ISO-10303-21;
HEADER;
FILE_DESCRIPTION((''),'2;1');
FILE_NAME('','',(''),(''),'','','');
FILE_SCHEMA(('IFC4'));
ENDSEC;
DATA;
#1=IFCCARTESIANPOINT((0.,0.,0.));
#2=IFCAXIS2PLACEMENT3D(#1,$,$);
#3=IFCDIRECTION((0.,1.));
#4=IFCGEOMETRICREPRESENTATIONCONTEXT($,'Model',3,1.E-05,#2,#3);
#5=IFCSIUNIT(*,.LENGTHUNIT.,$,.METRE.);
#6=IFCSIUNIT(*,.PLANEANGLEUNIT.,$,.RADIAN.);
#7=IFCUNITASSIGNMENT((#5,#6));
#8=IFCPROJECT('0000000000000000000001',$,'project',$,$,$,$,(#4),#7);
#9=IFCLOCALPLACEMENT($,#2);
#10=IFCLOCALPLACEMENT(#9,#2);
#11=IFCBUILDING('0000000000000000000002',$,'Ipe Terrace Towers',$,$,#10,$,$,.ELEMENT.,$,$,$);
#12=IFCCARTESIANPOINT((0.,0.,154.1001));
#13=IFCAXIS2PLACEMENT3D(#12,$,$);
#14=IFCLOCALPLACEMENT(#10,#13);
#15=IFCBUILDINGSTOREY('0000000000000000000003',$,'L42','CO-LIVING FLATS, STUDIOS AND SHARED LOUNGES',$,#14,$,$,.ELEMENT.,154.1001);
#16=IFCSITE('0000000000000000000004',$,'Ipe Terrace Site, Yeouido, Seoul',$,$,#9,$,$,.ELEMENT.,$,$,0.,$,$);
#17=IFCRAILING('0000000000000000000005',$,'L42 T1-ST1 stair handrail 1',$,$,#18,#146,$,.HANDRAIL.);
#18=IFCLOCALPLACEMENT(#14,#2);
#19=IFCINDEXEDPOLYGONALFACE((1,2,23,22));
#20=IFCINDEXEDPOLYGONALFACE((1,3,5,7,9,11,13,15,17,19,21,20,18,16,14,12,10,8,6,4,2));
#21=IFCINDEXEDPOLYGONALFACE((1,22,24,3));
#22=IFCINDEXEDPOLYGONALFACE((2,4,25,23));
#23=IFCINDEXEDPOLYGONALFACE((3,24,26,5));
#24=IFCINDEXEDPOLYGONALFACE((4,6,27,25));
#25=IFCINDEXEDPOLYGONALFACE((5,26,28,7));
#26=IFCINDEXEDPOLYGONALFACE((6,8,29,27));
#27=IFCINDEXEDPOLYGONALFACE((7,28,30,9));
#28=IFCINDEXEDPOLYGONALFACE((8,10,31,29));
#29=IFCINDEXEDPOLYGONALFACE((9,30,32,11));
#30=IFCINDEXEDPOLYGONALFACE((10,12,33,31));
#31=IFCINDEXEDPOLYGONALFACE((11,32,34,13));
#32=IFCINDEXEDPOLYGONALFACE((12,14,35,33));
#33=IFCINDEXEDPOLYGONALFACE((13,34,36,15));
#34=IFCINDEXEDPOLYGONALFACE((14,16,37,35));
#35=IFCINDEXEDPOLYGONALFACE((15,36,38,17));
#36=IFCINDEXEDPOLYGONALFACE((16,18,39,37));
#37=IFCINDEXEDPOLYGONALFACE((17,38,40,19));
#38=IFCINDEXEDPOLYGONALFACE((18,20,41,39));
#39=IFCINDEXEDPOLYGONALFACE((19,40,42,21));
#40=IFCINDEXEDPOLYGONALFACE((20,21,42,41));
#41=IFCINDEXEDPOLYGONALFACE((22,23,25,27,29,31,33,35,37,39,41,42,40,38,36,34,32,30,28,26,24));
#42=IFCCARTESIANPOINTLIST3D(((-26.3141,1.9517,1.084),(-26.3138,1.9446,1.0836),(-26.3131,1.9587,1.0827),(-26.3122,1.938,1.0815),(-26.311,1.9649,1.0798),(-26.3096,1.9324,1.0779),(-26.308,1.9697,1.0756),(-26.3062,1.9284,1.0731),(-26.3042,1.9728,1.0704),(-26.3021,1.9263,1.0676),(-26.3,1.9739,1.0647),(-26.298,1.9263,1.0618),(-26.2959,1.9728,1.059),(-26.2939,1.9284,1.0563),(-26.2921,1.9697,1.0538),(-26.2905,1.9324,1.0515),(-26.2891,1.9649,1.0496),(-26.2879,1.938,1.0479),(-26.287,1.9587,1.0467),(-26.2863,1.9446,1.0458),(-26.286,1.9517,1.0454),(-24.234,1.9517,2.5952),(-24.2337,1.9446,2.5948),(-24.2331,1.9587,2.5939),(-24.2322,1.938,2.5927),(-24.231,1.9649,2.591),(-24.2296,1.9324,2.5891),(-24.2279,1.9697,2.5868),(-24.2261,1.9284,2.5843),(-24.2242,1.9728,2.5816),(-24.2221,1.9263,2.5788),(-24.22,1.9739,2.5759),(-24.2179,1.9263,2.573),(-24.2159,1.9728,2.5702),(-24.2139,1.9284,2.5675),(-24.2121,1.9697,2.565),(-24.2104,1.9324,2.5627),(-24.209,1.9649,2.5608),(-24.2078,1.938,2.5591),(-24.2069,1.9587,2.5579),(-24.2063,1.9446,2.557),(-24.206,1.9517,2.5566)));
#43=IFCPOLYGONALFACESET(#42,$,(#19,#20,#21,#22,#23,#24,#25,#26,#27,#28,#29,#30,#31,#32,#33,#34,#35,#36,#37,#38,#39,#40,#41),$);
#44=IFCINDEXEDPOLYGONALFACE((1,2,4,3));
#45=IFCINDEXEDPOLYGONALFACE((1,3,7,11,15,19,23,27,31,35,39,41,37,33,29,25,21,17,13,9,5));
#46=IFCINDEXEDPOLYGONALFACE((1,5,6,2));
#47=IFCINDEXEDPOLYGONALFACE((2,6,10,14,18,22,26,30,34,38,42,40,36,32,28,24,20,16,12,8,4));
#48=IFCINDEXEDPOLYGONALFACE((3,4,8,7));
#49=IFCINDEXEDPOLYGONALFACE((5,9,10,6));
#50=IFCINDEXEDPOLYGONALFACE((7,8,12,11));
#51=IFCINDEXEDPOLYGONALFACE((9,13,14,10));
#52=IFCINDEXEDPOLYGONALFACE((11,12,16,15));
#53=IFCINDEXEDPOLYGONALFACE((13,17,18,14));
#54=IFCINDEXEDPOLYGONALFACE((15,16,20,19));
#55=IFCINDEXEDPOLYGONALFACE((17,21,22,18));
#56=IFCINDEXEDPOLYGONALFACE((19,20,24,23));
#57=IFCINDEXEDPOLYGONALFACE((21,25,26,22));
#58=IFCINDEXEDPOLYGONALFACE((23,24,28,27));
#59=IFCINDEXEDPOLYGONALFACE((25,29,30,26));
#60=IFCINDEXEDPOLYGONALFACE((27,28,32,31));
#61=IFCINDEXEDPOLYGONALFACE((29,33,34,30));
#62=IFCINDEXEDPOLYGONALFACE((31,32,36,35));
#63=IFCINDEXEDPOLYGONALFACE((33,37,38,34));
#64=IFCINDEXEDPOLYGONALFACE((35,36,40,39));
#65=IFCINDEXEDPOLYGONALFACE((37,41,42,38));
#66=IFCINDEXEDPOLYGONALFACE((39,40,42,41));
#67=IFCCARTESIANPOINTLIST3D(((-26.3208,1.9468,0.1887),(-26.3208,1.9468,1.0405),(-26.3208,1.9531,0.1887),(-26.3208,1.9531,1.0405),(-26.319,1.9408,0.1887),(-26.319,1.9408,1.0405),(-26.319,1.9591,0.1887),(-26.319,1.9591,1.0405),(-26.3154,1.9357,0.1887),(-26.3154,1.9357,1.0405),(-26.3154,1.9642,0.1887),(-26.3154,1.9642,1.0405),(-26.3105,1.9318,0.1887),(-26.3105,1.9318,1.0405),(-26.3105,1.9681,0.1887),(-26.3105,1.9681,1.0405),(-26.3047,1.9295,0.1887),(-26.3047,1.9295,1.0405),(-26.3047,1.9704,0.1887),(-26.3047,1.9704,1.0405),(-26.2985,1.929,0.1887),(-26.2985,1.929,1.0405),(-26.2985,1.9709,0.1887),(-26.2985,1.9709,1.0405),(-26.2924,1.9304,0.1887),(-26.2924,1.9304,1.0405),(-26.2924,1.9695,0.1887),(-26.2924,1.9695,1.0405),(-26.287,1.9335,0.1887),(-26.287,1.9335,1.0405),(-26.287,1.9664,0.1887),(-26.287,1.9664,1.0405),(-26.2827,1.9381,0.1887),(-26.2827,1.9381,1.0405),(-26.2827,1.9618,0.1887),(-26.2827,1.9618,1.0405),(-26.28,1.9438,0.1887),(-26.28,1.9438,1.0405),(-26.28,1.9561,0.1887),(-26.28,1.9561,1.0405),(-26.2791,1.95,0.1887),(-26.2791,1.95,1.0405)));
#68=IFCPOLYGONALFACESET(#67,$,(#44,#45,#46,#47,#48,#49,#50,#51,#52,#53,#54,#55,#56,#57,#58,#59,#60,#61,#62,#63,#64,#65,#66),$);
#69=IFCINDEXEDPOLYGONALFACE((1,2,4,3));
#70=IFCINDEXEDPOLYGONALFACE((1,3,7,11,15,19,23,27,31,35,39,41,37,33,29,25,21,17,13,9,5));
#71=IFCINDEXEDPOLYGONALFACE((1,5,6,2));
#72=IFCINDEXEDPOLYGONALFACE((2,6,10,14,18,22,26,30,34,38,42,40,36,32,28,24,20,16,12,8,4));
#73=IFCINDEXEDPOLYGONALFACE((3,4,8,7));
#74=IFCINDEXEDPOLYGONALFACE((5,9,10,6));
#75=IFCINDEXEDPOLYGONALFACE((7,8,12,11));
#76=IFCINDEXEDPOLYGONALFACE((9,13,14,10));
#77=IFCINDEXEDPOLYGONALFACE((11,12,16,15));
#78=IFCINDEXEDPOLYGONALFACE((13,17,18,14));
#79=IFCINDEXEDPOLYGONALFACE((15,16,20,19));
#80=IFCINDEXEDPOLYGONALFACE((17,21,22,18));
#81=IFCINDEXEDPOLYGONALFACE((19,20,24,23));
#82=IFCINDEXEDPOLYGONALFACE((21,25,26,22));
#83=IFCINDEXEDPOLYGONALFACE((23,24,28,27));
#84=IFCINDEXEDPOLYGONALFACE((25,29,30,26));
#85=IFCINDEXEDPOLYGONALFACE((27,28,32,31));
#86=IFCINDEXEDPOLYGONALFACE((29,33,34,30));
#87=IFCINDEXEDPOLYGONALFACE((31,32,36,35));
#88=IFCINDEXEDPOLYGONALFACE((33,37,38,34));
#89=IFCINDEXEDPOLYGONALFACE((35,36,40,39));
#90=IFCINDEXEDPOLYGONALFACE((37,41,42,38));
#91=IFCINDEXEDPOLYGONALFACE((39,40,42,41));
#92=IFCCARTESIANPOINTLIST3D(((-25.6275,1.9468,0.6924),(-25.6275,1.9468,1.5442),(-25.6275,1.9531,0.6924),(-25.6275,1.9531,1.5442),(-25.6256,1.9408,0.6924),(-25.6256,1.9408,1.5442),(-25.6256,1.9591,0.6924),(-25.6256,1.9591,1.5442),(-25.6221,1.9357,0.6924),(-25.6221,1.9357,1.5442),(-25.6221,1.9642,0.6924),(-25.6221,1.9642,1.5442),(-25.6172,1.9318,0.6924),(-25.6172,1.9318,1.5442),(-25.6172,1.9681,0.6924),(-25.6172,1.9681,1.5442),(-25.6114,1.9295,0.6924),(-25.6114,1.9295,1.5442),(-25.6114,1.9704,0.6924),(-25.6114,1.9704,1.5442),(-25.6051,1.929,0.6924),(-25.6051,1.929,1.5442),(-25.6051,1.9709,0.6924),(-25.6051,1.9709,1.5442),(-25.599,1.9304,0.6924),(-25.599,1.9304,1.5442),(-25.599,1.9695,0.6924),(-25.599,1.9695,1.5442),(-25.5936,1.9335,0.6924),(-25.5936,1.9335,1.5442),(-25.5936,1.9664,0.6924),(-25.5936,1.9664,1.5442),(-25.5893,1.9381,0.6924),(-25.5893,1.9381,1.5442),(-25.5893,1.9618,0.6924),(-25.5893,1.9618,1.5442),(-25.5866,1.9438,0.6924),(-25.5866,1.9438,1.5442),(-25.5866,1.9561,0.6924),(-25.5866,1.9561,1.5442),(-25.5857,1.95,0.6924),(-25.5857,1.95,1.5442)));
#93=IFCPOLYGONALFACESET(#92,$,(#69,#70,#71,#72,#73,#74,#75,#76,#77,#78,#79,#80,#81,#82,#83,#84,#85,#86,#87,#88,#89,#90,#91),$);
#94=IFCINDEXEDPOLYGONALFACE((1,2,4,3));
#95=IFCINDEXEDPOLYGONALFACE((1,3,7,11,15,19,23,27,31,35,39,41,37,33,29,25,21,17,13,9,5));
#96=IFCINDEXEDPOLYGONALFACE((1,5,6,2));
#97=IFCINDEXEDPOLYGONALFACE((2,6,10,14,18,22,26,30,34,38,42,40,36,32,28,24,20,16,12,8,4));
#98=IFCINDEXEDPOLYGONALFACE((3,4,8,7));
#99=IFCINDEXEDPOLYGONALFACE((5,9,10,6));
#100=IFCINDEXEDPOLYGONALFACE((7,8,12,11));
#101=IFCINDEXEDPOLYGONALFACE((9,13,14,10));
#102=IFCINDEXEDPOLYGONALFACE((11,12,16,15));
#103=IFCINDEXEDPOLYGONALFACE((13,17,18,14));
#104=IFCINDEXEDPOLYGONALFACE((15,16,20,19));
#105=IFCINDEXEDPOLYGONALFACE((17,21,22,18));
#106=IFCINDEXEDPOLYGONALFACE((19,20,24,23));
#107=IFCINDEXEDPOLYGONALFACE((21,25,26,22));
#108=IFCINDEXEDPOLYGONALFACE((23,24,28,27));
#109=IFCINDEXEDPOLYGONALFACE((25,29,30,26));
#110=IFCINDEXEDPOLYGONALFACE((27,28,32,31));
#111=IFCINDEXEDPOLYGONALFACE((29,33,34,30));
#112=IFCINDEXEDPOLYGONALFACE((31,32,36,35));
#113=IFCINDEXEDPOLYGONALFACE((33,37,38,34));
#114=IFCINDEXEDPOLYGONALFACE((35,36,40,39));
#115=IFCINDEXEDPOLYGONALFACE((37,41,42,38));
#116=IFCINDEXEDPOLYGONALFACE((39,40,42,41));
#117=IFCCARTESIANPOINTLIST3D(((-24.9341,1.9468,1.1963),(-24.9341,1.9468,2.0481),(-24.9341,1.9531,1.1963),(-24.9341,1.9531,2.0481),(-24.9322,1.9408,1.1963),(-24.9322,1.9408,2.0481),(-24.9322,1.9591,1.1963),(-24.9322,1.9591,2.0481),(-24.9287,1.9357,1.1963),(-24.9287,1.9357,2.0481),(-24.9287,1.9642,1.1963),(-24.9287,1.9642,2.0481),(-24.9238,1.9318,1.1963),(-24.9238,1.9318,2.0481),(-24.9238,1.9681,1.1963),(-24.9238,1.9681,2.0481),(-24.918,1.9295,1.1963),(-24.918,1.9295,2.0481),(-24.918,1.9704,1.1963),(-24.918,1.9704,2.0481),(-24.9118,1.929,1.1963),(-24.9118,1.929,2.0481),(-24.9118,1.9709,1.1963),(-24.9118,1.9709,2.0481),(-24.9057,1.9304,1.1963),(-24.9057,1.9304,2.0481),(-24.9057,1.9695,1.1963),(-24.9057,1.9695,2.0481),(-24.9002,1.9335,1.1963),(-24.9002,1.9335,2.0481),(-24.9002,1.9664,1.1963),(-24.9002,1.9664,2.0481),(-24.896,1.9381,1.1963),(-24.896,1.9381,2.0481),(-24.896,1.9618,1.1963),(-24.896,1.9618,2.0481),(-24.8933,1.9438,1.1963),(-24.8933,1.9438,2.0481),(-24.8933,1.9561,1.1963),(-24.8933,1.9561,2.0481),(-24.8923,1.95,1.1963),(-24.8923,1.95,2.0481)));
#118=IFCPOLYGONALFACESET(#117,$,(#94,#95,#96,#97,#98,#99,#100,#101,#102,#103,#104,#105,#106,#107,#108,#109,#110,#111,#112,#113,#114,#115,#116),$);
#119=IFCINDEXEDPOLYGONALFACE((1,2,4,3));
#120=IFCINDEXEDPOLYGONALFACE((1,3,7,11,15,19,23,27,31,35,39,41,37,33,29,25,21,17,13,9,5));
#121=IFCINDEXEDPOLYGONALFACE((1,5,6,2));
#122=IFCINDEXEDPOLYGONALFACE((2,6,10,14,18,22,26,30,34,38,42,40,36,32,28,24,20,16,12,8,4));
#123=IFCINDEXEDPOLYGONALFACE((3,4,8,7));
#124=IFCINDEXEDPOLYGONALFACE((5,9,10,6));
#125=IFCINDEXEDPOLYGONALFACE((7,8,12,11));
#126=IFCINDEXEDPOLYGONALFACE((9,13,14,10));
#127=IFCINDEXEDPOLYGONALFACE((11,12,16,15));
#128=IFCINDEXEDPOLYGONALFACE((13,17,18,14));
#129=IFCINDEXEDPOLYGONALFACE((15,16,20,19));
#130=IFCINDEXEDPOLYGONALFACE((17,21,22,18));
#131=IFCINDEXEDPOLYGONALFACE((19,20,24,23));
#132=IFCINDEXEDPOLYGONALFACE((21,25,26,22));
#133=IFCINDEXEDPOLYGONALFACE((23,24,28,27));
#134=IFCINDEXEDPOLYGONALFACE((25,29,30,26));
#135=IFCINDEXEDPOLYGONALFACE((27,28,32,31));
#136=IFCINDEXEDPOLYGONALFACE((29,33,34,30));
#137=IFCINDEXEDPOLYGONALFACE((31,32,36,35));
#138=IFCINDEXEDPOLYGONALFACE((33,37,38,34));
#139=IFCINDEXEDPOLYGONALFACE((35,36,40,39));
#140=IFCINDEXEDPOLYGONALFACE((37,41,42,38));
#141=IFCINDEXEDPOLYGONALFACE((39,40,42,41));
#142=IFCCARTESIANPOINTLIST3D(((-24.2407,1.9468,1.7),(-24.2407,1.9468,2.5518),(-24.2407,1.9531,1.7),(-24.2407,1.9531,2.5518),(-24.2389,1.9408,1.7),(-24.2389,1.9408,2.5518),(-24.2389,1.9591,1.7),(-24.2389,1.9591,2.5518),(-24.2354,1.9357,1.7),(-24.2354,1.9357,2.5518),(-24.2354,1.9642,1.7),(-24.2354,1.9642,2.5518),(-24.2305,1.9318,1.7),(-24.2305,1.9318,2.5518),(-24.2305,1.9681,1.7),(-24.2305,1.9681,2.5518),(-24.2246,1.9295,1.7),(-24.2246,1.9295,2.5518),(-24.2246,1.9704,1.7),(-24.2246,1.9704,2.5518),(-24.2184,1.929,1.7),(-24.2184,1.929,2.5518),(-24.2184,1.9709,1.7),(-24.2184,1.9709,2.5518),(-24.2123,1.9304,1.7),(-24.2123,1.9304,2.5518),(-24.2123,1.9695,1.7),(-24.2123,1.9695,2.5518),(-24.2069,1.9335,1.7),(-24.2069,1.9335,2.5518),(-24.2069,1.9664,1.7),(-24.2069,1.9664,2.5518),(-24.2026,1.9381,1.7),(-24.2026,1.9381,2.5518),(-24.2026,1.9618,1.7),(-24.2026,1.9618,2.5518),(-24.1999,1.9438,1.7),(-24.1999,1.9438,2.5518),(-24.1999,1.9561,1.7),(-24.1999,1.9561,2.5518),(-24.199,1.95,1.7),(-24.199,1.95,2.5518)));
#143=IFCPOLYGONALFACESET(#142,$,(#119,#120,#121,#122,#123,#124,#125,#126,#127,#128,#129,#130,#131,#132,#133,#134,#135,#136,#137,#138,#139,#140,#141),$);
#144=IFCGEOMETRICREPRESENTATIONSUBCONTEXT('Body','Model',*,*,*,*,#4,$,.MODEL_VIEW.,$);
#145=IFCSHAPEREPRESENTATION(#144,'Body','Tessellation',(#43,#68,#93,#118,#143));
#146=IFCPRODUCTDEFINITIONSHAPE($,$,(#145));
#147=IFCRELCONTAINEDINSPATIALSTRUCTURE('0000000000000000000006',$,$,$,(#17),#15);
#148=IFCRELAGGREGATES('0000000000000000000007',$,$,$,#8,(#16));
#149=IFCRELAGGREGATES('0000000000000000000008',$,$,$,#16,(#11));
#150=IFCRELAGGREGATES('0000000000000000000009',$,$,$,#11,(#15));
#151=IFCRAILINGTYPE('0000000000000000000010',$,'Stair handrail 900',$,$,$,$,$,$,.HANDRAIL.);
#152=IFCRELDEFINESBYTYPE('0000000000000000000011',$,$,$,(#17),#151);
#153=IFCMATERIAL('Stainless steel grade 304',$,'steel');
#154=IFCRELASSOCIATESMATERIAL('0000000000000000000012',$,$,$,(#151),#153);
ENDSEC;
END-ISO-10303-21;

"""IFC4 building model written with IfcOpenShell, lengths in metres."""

from ifc_helpers import new_model, si_unit, direction, frame, origin, origin_2d, place, context, subcontext, project, spatial, circle, extrude, material, type_object, element, save


model = new_model("IFC4")

# Units and contexts
model_context = context("Model", 3, precision=1e-05, world=origin(), true_north=direction((0.0, 1.0)))
body_context = subcontext(model_context, "Body", "Model", "MODEL_VIEW")
ifc_project = project(units=[si_unit("LENGTHUNIT", "METRE"), si_unit("PLANEANGLEUNIT", "RADIAN")], contexts=[model_context])

# Site, building, storey
site_placement = place(None, origin())
site = spatial("IfcSite", under=ifc_project, at=site_placement, Name="Ipe Terrace Site, Yeouido, Seoul", CompositionType="ELEMENT", RefElevation=0.0)
building_placement = place(site_placement, origin())
building = spatial("IfcBuilding", under=site, at=building_placement, Name="Ipe Terrace Towers", CompositionType="ELEMENT")
storey_placement = place(building_placement, frame((0.0, 0.0, 154.1001)))
storey = spatial("IfcBuildingStorey", under=building, at=storey_placement, Name="L42", Description="CO-LIVING FLATS, STUDIOS AND SHARED LOUNGES", CompositionType="ELEMENT", Elevation=154.1001)

# Railing
ifc_material_1 = material(Name="Stainless steel grade 304", Category="steel")
railing_type_1 = type_object("IfcRailingType", Name="Stair handrail 900", PredefinedType="HANDRAIL", material=ifc_material_1)
railing_1_placement = place(storey_placement, frame((-26.3, 1.95, 0.1887)))
element("IfcRailing", 1, at=railing_1_placement, inside=storey, type_object=railing_type_1, Name="L42 T1-ST1 stair handrail 1", PredefinedType="HANDRAIL", context=body_context, shape_type="SweptSolid", body=[
    extrude(circle(Radius=0.0239, at=origin_2d()), frame((0.0, 0.0, 0.876), z_axis=(0.809023, 0.0, 0.587776), x_axis=(0.0, 1.0, 0.0)), (0.0, 0.0, 1.0), 2.571),
    extrude(circle(Radius=0.021, at=origin_2d()), origin(), (0.0, 0.0, 1.0), 0.8518),
    extrude(circle(Radius=0.021, at=origin_2d()), frame((0.6934, 0.0, 0.5037)), (0.0, 0.0, 1.0), 0.8518),
    extrude(circle(Radius=0.021, at=origin_2d()), frame((1.3867, 0.0, 1.0076)), (0.0, 0.0, 1.0), 0.8518),
    extrude(circle(Radius=0.021, at=origin_2d()), frame((2.0801, 0.0, 1.5112)), (0.0, 0.0, 1.0), 0.8518),
])

save(model, "model.ifc")
